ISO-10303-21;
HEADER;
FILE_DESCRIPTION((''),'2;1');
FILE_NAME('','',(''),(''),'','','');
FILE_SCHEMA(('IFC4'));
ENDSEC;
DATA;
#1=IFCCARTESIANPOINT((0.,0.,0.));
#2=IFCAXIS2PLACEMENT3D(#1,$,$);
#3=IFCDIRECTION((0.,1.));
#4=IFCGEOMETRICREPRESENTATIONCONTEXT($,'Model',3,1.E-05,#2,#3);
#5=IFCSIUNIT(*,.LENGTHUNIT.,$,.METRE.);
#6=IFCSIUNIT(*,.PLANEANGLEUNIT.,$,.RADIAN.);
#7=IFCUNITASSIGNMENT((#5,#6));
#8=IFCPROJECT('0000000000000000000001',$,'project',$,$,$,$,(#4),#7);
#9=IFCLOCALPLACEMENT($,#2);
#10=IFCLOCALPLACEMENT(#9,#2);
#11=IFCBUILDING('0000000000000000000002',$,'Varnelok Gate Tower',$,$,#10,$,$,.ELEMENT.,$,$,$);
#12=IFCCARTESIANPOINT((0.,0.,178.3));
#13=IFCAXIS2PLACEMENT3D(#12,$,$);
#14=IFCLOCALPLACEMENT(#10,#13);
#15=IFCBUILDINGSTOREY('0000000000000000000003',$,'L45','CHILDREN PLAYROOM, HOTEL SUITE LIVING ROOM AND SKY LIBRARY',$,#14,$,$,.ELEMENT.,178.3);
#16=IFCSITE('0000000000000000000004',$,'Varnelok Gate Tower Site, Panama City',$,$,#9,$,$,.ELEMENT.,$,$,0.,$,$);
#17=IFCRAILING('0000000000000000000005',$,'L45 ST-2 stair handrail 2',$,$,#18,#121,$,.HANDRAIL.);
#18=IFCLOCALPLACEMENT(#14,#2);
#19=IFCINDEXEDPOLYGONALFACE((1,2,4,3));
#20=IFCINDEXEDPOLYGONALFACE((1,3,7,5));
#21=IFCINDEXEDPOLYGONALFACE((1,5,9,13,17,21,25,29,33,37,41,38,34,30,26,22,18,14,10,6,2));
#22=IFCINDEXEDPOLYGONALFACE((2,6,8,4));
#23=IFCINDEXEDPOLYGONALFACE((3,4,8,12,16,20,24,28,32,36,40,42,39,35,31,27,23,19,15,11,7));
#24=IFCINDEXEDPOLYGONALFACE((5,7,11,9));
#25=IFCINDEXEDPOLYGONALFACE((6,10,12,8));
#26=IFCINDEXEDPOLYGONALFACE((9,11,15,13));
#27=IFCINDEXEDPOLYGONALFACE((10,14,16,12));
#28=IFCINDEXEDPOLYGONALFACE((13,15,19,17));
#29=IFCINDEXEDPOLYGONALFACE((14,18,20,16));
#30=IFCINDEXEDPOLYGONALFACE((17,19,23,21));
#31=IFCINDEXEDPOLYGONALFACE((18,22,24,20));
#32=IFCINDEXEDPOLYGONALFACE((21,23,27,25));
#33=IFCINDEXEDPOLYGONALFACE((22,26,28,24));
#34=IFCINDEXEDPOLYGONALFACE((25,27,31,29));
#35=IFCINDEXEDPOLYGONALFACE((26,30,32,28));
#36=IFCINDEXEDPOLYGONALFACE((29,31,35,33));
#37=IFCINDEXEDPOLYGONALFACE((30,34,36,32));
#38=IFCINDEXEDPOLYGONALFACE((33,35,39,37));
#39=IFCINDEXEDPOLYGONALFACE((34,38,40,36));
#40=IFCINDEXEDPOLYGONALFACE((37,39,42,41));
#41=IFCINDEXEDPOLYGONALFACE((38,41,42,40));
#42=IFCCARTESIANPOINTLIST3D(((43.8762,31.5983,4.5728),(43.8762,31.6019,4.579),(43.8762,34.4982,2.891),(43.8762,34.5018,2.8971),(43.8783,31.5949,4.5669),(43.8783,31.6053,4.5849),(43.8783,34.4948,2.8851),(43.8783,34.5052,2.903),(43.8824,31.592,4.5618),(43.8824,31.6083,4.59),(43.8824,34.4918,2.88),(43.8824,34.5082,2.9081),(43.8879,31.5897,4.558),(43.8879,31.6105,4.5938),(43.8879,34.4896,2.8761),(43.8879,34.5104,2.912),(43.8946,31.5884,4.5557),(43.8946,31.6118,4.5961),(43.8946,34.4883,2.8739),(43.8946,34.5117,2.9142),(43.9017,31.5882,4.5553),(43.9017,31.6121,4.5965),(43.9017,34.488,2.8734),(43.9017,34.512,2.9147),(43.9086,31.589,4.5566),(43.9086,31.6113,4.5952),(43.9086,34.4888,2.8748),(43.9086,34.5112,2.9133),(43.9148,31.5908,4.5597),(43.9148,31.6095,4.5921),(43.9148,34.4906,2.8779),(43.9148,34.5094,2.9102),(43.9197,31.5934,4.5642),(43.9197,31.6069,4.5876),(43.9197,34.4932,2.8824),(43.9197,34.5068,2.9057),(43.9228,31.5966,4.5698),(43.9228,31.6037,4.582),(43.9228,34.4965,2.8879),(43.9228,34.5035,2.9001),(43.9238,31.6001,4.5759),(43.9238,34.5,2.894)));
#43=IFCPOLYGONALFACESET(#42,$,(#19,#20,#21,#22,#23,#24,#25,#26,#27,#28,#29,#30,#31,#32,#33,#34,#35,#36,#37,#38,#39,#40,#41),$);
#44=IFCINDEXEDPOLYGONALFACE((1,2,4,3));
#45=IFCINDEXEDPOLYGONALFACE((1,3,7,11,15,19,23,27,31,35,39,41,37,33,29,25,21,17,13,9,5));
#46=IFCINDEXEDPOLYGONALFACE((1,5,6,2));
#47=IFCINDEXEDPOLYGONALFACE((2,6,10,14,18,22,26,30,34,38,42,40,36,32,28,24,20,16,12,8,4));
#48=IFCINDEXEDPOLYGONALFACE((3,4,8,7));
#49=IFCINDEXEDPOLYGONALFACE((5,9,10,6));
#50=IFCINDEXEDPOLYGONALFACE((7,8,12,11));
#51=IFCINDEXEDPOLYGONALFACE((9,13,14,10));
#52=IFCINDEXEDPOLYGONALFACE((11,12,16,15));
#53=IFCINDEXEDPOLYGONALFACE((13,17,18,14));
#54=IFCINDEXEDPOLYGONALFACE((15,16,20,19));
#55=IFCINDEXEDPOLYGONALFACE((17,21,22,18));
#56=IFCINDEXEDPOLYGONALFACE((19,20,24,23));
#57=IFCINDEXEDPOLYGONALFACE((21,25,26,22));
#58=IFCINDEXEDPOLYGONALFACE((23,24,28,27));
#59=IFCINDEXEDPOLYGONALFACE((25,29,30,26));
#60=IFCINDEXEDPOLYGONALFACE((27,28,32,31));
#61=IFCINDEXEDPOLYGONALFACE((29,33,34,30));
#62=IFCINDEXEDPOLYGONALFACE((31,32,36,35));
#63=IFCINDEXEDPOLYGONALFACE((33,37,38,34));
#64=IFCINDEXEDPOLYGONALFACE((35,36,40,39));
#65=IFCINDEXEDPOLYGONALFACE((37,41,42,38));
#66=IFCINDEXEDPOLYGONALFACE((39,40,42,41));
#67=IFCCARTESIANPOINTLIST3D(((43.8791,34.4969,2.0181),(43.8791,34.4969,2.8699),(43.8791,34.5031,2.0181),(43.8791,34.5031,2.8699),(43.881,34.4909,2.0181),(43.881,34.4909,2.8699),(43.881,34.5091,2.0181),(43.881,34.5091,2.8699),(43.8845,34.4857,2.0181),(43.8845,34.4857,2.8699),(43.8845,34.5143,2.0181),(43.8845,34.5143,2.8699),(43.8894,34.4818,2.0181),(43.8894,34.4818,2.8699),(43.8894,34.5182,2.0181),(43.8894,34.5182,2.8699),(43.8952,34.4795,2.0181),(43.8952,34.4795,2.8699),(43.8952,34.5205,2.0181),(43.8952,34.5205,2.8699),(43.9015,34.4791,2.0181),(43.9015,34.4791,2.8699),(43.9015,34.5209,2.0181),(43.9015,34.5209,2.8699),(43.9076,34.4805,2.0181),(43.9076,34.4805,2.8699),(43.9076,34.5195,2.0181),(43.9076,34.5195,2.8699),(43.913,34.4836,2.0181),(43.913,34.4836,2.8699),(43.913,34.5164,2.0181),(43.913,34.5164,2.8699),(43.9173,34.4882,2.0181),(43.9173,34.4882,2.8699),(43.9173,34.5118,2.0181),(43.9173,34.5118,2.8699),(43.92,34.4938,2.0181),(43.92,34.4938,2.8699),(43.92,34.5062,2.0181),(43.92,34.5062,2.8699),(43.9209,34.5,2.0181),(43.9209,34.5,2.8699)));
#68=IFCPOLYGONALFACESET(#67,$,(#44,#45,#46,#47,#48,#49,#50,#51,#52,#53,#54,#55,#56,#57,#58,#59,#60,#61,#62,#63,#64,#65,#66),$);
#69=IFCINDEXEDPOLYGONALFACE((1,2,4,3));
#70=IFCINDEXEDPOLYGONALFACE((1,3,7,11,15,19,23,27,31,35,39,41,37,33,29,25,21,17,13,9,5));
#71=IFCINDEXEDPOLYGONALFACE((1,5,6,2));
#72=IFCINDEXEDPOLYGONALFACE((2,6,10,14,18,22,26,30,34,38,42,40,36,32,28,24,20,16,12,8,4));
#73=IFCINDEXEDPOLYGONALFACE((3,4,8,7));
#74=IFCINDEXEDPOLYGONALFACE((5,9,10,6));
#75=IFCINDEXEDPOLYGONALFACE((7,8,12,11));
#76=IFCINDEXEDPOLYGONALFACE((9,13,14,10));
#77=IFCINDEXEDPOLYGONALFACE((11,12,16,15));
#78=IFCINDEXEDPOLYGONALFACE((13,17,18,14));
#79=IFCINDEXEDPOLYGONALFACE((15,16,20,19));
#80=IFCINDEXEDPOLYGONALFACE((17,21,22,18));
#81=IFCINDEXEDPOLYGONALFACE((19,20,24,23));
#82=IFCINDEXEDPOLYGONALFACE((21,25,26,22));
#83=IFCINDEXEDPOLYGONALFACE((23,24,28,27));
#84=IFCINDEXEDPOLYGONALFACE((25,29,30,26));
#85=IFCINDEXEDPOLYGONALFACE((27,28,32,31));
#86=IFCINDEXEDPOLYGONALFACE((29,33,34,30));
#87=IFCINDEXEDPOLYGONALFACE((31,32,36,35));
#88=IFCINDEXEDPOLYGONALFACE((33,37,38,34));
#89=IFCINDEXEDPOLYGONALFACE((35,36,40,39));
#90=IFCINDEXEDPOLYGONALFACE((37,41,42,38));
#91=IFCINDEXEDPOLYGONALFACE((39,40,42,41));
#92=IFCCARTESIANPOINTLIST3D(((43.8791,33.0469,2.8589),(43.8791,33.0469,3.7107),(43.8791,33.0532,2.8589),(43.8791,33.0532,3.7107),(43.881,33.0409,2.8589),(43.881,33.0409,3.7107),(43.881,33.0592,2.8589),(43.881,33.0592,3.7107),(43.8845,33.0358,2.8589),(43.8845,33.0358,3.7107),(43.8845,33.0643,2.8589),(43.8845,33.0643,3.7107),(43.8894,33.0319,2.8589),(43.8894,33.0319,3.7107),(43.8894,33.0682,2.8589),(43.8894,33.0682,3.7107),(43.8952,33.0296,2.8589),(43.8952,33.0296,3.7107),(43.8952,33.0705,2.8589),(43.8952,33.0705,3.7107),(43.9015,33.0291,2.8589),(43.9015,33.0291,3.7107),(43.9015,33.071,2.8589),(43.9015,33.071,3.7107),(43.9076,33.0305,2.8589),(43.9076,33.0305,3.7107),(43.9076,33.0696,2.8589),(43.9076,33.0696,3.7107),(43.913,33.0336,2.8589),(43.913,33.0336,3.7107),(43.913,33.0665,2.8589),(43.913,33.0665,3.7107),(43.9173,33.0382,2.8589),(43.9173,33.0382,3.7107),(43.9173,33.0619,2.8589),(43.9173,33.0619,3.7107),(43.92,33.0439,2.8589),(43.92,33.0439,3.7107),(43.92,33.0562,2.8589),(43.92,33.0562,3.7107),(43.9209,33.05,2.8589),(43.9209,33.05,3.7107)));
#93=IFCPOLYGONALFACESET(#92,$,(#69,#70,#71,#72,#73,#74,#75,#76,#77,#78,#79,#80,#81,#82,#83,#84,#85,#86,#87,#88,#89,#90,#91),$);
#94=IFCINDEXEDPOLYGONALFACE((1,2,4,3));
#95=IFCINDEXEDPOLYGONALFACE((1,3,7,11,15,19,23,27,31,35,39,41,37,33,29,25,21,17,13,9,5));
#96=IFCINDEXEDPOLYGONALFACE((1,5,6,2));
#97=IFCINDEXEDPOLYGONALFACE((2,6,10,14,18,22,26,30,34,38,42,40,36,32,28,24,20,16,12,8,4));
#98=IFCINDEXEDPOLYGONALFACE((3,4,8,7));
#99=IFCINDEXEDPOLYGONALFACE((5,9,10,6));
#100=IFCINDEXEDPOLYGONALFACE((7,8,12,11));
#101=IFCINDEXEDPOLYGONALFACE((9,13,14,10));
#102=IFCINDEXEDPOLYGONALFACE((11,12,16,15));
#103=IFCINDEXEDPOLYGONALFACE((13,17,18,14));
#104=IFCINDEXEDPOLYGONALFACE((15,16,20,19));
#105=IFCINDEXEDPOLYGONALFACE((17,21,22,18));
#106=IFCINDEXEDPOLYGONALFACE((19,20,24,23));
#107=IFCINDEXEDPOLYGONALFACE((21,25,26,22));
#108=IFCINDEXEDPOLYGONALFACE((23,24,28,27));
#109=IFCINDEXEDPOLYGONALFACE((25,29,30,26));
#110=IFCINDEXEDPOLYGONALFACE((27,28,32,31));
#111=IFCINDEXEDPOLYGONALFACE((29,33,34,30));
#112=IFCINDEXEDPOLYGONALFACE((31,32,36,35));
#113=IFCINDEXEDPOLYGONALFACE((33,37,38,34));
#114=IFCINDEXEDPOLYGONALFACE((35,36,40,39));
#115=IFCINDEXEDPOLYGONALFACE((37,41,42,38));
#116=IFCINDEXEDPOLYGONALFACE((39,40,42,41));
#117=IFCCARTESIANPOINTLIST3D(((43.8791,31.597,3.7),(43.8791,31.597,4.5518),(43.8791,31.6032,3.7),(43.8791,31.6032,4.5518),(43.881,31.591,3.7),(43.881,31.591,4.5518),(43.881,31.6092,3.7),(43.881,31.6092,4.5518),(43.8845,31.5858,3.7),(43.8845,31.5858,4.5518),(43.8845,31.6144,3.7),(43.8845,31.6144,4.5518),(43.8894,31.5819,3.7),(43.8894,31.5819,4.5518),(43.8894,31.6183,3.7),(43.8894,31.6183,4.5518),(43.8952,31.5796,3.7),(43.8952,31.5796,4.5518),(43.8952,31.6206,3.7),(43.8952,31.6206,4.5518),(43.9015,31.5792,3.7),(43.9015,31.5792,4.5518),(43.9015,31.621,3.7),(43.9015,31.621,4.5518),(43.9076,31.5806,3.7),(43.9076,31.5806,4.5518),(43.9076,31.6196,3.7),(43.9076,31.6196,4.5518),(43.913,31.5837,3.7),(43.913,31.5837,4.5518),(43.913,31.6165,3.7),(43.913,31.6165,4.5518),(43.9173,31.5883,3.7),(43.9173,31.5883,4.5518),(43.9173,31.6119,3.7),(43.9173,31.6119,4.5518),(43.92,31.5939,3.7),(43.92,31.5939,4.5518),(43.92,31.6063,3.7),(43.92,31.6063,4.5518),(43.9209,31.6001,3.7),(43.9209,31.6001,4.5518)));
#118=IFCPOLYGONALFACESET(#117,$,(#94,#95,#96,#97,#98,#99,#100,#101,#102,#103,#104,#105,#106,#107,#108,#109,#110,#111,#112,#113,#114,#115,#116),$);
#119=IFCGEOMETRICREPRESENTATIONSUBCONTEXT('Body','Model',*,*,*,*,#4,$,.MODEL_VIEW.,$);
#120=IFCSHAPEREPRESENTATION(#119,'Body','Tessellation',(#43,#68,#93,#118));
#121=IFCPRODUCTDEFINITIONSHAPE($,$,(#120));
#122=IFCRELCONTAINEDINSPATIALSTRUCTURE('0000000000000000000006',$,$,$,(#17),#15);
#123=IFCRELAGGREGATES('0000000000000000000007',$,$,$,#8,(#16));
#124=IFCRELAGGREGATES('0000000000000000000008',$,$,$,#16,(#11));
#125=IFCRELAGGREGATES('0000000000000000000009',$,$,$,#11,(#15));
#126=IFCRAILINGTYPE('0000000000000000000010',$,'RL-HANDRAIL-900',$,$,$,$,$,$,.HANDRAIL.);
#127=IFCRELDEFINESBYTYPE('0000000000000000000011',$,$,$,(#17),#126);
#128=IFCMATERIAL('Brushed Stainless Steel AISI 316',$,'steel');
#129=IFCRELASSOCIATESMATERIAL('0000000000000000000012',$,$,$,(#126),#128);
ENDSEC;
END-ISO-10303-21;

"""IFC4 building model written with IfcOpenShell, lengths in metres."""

from ifc_helpers import new_model, si_unit, direction, frame, origin, origin_2d, place, context, subcontext, project, spatial, circle, extrude, material, type_object, element, save


model = new_model("IFC4")

# Units and contexts
model_context = context("Model", 3, precision=1e-05, world=origin(), true_north=direction((0.0, 1.0)))
body_context = subcontext(model_context, "Body", "Model", "MODEL_VIEW")
ifc_project = project(units=[si_unit("LENGTHUNIT", "METRE"), si_unit("PLANEANGLEUNIT", "RADIAN")], contexts=[model_context])

# Site, building, storey
site_placement = place(None, origin())
site = spatial("IfcSite", under=ifc_project, at=site_placement, Name="Varnelok Gate Tower Site, Panama City", CompositionType="ELEMENT", RefElevation=0.0)
building_placement = place(site_placement, origin())
building = spatial("IfcBuilding", under=site, at=building_placement, Name="Varnelok Gate Tower", CompositionType="ELEMENT")
storey_placement = place(building_placement, frame((0.0, 0.0, 178.3)))
storey = spatial("IfcBuildingStorey", under=building, at=storey_placement, Name="L45", Description="CHILDREN PLAYROOM, HOTEL SUITE LIVING ROOM AND SKY LIBRARY", CompositionType="ELEMENT", Elevation=178.3)

# Railing
ifc_material_1 = material(Name="Brushed Stainless Steel AISI 316", Category="steel")
railing_type_1 = type_object("IfcRailingType", Name="RL-HANDRAIL-900", PredefinedType="HANDRAIL", material=ifc_material_1)
railing_1_placement = place(storey_placement, frame((43.8999, 34.5, 2.0181)))
element("IfcRailing", 1, at=railing_1_placement, inside=storey, type_object=railing_type_1, Name="L45 ST-2 stair handrail 2", PredefinedType="HANDRAIL", context=body_context, shape_type="SweptSolid", body=[
    extrude(circle(Radius=0.0239, at=origin_2d()), frame((0.0, 0.0, 0.876), z_axis=(0.0, -0.865039, 0.501705), x_axis=(1.0, 0.0, 0.0)), (0.0, 0.0, 1.0), 3.3523),
    extrude(circle(Radius=0.021, at=origin_2d()), origin(), (0.0, 0.0, 1.0), 0.8518),
    extrude(circle(Radius=0.021, at=origin_2d()), frame((0.0, -1.45, 0.8408)), (0.0, 0.0, 1.0), 0.8518),
    extrude(circle(Radius=0.021, at=origin_2d()), frame((0.0, -2.8999, 1.6819)), (0.0, 0.0, 1.0), 0.8518),
])

save(model, "model.ifc")
